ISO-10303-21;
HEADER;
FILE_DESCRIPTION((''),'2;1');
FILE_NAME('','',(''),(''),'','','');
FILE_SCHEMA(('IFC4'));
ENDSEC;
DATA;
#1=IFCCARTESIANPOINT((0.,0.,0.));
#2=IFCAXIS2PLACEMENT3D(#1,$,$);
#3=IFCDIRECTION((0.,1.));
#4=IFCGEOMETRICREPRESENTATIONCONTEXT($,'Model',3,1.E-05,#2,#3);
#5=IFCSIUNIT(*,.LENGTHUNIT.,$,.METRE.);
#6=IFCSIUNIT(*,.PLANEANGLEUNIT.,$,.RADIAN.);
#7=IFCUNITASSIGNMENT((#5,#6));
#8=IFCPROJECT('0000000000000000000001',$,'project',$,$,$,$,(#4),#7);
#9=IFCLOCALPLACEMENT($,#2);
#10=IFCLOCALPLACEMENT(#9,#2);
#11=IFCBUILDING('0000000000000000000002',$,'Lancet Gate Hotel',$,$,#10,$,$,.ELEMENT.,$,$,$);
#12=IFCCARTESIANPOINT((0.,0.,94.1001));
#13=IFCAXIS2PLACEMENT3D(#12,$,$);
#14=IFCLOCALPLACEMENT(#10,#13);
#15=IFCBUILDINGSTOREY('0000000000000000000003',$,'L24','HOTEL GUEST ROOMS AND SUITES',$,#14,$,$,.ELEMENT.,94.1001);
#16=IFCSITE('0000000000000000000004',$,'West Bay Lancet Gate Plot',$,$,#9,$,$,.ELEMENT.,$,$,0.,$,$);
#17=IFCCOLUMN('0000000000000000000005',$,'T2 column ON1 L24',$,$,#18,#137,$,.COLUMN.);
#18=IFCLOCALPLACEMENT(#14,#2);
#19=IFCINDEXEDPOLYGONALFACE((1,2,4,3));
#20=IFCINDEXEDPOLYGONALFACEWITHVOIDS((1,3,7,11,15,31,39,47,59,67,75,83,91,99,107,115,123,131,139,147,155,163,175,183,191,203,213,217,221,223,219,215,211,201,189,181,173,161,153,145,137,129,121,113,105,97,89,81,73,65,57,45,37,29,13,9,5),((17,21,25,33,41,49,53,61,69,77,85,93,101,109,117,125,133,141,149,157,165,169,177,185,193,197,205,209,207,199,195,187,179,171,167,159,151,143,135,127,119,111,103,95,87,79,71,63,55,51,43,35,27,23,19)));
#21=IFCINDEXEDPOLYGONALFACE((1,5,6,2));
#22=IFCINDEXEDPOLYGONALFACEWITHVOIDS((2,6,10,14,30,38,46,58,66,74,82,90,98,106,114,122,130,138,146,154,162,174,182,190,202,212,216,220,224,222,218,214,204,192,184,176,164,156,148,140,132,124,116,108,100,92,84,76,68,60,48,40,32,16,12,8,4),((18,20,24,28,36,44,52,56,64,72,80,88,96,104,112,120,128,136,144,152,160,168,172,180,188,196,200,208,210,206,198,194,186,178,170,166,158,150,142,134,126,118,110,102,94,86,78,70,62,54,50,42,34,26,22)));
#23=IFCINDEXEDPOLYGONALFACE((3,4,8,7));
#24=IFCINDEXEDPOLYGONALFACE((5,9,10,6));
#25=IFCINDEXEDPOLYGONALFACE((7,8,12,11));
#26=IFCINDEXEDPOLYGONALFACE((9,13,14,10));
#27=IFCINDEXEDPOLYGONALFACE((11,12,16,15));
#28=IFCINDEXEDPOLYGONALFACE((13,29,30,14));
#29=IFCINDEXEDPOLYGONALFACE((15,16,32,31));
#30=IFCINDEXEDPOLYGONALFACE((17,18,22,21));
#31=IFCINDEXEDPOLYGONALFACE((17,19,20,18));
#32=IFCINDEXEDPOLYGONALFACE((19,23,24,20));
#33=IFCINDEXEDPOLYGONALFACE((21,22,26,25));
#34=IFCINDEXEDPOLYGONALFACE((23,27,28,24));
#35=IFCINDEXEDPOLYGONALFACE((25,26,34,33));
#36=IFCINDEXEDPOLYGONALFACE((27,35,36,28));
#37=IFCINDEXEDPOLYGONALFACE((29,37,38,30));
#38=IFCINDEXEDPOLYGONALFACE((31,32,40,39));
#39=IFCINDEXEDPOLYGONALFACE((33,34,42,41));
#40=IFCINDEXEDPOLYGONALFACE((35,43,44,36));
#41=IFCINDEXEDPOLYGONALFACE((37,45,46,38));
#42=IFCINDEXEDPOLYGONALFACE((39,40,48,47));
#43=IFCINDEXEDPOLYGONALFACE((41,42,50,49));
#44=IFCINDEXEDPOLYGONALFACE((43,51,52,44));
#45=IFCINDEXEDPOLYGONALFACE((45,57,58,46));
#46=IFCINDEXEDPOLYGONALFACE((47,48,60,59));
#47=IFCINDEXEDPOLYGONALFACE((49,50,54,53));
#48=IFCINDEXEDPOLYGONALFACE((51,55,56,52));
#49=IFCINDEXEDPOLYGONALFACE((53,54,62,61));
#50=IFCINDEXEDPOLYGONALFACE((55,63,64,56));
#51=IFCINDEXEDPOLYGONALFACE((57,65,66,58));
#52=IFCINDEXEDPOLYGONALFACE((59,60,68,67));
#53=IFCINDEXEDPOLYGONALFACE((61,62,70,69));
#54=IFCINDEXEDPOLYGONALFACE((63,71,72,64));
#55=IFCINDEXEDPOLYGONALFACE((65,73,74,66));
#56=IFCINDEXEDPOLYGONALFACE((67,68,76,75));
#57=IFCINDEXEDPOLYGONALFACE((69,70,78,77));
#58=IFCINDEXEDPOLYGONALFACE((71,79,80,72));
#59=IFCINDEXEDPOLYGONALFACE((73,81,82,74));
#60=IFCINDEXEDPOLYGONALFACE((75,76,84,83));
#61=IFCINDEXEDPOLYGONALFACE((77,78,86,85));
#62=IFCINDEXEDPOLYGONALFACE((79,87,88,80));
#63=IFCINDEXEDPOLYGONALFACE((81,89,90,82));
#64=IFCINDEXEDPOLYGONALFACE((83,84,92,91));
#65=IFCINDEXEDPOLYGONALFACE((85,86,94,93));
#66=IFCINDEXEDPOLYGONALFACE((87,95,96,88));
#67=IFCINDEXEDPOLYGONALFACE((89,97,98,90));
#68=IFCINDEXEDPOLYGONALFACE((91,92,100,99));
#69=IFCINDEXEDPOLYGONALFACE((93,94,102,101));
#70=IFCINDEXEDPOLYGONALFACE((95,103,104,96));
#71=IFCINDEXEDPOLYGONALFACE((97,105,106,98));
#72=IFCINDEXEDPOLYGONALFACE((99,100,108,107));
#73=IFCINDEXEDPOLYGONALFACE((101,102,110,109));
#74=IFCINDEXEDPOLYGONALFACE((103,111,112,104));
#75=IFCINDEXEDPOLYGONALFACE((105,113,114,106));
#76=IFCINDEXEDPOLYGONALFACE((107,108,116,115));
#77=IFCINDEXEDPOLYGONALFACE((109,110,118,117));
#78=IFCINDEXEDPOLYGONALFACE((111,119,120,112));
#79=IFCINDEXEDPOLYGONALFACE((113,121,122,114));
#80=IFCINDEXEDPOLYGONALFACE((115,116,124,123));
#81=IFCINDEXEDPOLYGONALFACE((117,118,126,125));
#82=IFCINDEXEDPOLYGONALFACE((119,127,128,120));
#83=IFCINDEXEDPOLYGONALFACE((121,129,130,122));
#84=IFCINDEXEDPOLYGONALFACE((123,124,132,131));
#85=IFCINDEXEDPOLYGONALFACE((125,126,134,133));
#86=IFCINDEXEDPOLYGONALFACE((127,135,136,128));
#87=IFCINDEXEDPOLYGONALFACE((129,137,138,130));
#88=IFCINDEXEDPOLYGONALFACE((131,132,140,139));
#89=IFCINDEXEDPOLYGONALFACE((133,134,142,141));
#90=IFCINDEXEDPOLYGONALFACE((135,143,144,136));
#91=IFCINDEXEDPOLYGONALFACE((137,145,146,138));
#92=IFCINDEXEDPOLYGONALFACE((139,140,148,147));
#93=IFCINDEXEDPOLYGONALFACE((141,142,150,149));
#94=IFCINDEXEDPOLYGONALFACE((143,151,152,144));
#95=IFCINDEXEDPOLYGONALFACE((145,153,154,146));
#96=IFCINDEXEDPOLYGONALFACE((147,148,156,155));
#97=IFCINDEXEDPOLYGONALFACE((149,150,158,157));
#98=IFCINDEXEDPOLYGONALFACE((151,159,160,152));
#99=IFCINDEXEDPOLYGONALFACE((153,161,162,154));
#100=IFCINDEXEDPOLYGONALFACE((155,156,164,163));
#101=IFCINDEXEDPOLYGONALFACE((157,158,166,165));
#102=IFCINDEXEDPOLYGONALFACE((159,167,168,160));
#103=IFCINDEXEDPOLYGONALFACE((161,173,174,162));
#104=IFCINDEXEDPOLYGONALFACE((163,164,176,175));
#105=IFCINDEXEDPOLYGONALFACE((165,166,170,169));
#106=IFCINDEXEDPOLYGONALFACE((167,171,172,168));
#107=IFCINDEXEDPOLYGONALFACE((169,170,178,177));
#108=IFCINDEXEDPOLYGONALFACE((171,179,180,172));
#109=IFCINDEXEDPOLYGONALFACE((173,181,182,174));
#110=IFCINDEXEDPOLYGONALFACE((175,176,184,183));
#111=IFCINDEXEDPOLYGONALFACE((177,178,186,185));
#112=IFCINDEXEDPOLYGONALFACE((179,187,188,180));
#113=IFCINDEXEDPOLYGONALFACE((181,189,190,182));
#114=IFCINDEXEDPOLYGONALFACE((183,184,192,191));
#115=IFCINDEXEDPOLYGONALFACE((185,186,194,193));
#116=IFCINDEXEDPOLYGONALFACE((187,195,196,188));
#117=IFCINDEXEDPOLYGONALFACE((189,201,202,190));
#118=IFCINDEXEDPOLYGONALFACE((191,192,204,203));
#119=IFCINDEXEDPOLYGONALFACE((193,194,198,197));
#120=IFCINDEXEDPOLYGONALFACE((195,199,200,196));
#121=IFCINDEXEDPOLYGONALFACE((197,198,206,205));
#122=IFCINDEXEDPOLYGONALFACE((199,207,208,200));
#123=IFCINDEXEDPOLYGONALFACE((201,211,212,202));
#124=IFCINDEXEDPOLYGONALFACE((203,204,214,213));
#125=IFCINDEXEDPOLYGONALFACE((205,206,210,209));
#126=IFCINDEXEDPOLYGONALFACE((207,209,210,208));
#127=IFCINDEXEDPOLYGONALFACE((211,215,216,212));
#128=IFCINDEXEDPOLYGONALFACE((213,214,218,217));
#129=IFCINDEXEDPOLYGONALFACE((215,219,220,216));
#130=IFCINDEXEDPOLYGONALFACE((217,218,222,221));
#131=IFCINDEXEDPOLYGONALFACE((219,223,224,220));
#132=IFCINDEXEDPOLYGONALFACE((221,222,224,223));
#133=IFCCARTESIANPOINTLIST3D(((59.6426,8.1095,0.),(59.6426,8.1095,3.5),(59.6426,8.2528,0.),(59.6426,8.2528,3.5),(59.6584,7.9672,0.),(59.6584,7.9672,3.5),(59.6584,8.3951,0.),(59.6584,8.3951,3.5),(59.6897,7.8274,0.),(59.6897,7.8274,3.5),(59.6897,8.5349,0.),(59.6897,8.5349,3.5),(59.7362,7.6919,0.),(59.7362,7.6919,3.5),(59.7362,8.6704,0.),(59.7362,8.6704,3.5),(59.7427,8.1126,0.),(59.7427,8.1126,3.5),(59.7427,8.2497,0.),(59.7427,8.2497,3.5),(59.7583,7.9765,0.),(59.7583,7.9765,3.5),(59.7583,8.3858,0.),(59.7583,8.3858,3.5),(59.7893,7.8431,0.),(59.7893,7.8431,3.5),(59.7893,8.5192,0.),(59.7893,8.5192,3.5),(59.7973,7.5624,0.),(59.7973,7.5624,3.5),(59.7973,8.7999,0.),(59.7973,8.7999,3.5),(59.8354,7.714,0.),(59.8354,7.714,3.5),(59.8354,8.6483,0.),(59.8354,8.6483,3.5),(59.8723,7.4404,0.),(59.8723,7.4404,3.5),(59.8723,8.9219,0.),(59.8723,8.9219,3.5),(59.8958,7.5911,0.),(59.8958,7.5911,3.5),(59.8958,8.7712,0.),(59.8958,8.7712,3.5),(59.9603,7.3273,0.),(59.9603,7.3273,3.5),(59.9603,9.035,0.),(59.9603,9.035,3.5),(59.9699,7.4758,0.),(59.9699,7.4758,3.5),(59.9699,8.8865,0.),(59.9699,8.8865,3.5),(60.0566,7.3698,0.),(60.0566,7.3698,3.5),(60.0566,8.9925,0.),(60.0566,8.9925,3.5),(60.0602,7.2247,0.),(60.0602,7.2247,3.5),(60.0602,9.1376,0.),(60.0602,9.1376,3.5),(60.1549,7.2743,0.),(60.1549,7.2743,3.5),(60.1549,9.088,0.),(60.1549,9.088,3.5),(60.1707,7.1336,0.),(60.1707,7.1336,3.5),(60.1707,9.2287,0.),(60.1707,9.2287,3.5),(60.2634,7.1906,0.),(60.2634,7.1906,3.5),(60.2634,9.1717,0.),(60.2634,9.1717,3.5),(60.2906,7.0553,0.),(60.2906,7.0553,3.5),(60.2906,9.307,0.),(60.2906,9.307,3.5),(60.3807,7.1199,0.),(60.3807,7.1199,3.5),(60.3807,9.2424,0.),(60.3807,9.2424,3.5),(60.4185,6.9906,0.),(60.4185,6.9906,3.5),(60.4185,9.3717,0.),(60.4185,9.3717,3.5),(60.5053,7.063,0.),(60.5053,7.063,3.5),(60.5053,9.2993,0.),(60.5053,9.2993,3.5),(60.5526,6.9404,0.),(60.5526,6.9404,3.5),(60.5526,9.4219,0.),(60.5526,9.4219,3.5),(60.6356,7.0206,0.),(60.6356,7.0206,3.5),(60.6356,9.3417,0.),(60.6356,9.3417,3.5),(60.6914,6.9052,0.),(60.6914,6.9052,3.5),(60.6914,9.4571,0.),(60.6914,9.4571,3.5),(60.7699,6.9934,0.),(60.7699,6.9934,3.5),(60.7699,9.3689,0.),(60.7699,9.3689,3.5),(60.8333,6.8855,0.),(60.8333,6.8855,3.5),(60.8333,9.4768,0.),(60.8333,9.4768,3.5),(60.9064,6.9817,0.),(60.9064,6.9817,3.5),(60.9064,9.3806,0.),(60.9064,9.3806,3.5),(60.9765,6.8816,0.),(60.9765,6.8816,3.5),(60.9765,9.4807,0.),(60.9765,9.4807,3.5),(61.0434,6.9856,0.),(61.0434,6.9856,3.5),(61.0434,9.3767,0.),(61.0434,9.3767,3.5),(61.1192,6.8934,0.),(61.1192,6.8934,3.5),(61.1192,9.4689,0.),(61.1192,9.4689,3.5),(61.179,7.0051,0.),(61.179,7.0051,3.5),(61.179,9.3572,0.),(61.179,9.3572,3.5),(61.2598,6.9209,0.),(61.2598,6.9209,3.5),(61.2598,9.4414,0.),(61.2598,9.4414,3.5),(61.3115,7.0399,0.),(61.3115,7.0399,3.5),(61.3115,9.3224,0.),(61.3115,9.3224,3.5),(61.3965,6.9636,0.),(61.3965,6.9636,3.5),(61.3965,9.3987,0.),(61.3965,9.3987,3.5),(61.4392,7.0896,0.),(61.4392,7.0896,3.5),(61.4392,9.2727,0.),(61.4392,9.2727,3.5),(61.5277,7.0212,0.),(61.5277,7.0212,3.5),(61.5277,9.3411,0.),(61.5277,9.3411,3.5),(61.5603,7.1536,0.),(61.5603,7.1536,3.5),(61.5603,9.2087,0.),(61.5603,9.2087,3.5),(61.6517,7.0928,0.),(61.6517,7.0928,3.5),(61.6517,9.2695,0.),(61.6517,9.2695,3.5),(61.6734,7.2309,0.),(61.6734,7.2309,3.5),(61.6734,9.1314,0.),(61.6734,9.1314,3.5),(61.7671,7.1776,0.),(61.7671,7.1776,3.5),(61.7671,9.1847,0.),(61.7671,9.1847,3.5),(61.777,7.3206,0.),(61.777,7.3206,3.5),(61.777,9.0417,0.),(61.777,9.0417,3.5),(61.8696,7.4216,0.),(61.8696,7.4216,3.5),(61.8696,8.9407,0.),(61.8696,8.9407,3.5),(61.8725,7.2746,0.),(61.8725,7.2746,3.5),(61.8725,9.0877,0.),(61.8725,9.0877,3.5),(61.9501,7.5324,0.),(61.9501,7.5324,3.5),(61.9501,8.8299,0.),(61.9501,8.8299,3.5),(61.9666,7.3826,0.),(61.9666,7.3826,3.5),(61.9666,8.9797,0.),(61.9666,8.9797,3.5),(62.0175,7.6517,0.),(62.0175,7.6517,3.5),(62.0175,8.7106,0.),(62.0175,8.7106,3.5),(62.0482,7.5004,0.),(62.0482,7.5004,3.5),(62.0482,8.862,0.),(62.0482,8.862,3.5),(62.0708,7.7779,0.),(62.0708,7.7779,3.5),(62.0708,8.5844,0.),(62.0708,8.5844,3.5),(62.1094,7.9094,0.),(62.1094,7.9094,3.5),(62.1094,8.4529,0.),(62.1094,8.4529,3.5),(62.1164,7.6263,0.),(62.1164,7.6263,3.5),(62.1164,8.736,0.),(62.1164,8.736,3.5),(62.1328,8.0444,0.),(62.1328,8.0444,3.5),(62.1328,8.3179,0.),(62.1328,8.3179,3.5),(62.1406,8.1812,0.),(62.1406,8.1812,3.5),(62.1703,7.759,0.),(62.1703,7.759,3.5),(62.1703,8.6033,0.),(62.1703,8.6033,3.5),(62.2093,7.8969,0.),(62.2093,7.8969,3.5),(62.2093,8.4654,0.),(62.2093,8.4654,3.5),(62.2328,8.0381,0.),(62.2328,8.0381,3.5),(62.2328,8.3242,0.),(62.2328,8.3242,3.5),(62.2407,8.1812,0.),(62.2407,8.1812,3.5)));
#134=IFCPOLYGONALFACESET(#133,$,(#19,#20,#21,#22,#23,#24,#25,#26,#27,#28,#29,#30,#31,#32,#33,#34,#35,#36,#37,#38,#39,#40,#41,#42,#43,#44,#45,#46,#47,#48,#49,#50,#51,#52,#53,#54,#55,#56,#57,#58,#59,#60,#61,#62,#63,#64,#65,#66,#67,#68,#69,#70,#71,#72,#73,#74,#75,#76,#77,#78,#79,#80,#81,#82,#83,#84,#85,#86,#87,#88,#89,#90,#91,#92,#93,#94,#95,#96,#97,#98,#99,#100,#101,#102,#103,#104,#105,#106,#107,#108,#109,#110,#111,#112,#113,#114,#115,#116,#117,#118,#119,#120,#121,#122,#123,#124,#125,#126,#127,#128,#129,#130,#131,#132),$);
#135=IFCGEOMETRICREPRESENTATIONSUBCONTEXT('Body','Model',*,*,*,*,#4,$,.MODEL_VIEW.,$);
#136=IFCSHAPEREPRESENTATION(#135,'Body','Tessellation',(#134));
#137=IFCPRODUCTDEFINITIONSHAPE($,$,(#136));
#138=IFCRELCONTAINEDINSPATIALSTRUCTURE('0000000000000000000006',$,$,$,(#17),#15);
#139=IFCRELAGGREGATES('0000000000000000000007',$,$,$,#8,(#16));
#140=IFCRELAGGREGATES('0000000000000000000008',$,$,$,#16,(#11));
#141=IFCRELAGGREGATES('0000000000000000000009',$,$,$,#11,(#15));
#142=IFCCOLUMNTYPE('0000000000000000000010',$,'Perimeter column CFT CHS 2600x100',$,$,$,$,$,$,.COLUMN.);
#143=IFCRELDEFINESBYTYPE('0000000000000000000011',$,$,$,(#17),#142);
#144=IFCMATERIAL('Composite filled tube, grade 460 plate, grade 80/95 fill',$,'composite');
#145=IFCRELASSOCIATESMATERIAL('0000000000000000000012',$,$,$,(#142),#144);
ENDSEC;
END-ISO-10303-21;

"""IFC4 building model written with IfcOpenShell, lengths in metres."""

from ifc_helpers import new_model, si_unit, direction, frame, origin, origin_2d, place, context, subcontext, project, spatial, hollow_circle, extrude, material, material_profile, profile_set, type_object, element, save


model = new_model("IFC4")

# Units and contexts
model_context = context("Model", 3, precision=1e-05, world=origin(), true_north=direction((0.0, 1.0)))
body_context = subcontext(model_context, "Body", "Model", "MODEL_VIEW")
ifc_project = project(units=[si_unit("LENGTHUNIT", "METRE"), si_unit("PLANEANGLEUNIT", "RADIAN")], contexts=[model_context])

# Site, building, storey
site_placement = place(None, origin())
site = spatial("IfcSite", under=ifc_project, at=site_placement, Name="West Bay Lancet Gate Plot", CompositionType="ELEMENT", RefElevation=0.0)
building_placement = place(site_placement, origin())
building = spatial("IfcBuilding", under=site, at=building_placement, Name="Lancet Gate Hotel", CompositionType="ELEMENT")
storey_placement = place(building_placement, frame((0.0, 0.0, 94.1001)))
storey = spatial("IfcBuildingStorey", under=building, at=storey_placement, Name="L24", Description="HOTEL GUEST ROOMS AND SUITES", CompositionType="ELEMENT", Elevation=94.1001)

# Column
ifc_material_1 = material(Name="Composite filled tube, grade 460 plate, grade 80/95 fill", Category="composite")
ifc_material_profile_1 = material_profile(ifc_material_1, hollow_circle(Radius=1.3, WallThickness=0.1001, at=origin_2d()), Name="CHS 2600x100")
ifc_profile_set_1 = profile_set([ifc_material_profile_1], Name="Composite filled tube, grade 460 plate, grade 80/95 fill")
column_type_1 = type_object("IfcColumnType", Name="Perimeter column CFT CHS 2600x100", PredefinedType="COLUMN", material=ifc_profile_set_1)
for number, where, z_axis, x_axis, name in (
    (1, (60.9407, 8.1812, 0.0), (0.0, 0.0, 1.0), (1.0, 0.0, 0.0), "T2 column ON1 L24"),
):
    element("IfcColumn", number, at=place(storey_placement, frame(where, z_axis=z_axis, x_axis=x_axis)), inside=storey, type_object=column_type_1, Name=name, PredefinedType="COLUMN", context=body_context, shape_type="SweptSolid", body=[
        extrude(hollow_circle(Radius=1.3, WallThickness=0.1001, at=origin_2d()), origin(), (0.0, 0.0, 1.0), 3.5),
    ])

save(model, "model.ifc")
